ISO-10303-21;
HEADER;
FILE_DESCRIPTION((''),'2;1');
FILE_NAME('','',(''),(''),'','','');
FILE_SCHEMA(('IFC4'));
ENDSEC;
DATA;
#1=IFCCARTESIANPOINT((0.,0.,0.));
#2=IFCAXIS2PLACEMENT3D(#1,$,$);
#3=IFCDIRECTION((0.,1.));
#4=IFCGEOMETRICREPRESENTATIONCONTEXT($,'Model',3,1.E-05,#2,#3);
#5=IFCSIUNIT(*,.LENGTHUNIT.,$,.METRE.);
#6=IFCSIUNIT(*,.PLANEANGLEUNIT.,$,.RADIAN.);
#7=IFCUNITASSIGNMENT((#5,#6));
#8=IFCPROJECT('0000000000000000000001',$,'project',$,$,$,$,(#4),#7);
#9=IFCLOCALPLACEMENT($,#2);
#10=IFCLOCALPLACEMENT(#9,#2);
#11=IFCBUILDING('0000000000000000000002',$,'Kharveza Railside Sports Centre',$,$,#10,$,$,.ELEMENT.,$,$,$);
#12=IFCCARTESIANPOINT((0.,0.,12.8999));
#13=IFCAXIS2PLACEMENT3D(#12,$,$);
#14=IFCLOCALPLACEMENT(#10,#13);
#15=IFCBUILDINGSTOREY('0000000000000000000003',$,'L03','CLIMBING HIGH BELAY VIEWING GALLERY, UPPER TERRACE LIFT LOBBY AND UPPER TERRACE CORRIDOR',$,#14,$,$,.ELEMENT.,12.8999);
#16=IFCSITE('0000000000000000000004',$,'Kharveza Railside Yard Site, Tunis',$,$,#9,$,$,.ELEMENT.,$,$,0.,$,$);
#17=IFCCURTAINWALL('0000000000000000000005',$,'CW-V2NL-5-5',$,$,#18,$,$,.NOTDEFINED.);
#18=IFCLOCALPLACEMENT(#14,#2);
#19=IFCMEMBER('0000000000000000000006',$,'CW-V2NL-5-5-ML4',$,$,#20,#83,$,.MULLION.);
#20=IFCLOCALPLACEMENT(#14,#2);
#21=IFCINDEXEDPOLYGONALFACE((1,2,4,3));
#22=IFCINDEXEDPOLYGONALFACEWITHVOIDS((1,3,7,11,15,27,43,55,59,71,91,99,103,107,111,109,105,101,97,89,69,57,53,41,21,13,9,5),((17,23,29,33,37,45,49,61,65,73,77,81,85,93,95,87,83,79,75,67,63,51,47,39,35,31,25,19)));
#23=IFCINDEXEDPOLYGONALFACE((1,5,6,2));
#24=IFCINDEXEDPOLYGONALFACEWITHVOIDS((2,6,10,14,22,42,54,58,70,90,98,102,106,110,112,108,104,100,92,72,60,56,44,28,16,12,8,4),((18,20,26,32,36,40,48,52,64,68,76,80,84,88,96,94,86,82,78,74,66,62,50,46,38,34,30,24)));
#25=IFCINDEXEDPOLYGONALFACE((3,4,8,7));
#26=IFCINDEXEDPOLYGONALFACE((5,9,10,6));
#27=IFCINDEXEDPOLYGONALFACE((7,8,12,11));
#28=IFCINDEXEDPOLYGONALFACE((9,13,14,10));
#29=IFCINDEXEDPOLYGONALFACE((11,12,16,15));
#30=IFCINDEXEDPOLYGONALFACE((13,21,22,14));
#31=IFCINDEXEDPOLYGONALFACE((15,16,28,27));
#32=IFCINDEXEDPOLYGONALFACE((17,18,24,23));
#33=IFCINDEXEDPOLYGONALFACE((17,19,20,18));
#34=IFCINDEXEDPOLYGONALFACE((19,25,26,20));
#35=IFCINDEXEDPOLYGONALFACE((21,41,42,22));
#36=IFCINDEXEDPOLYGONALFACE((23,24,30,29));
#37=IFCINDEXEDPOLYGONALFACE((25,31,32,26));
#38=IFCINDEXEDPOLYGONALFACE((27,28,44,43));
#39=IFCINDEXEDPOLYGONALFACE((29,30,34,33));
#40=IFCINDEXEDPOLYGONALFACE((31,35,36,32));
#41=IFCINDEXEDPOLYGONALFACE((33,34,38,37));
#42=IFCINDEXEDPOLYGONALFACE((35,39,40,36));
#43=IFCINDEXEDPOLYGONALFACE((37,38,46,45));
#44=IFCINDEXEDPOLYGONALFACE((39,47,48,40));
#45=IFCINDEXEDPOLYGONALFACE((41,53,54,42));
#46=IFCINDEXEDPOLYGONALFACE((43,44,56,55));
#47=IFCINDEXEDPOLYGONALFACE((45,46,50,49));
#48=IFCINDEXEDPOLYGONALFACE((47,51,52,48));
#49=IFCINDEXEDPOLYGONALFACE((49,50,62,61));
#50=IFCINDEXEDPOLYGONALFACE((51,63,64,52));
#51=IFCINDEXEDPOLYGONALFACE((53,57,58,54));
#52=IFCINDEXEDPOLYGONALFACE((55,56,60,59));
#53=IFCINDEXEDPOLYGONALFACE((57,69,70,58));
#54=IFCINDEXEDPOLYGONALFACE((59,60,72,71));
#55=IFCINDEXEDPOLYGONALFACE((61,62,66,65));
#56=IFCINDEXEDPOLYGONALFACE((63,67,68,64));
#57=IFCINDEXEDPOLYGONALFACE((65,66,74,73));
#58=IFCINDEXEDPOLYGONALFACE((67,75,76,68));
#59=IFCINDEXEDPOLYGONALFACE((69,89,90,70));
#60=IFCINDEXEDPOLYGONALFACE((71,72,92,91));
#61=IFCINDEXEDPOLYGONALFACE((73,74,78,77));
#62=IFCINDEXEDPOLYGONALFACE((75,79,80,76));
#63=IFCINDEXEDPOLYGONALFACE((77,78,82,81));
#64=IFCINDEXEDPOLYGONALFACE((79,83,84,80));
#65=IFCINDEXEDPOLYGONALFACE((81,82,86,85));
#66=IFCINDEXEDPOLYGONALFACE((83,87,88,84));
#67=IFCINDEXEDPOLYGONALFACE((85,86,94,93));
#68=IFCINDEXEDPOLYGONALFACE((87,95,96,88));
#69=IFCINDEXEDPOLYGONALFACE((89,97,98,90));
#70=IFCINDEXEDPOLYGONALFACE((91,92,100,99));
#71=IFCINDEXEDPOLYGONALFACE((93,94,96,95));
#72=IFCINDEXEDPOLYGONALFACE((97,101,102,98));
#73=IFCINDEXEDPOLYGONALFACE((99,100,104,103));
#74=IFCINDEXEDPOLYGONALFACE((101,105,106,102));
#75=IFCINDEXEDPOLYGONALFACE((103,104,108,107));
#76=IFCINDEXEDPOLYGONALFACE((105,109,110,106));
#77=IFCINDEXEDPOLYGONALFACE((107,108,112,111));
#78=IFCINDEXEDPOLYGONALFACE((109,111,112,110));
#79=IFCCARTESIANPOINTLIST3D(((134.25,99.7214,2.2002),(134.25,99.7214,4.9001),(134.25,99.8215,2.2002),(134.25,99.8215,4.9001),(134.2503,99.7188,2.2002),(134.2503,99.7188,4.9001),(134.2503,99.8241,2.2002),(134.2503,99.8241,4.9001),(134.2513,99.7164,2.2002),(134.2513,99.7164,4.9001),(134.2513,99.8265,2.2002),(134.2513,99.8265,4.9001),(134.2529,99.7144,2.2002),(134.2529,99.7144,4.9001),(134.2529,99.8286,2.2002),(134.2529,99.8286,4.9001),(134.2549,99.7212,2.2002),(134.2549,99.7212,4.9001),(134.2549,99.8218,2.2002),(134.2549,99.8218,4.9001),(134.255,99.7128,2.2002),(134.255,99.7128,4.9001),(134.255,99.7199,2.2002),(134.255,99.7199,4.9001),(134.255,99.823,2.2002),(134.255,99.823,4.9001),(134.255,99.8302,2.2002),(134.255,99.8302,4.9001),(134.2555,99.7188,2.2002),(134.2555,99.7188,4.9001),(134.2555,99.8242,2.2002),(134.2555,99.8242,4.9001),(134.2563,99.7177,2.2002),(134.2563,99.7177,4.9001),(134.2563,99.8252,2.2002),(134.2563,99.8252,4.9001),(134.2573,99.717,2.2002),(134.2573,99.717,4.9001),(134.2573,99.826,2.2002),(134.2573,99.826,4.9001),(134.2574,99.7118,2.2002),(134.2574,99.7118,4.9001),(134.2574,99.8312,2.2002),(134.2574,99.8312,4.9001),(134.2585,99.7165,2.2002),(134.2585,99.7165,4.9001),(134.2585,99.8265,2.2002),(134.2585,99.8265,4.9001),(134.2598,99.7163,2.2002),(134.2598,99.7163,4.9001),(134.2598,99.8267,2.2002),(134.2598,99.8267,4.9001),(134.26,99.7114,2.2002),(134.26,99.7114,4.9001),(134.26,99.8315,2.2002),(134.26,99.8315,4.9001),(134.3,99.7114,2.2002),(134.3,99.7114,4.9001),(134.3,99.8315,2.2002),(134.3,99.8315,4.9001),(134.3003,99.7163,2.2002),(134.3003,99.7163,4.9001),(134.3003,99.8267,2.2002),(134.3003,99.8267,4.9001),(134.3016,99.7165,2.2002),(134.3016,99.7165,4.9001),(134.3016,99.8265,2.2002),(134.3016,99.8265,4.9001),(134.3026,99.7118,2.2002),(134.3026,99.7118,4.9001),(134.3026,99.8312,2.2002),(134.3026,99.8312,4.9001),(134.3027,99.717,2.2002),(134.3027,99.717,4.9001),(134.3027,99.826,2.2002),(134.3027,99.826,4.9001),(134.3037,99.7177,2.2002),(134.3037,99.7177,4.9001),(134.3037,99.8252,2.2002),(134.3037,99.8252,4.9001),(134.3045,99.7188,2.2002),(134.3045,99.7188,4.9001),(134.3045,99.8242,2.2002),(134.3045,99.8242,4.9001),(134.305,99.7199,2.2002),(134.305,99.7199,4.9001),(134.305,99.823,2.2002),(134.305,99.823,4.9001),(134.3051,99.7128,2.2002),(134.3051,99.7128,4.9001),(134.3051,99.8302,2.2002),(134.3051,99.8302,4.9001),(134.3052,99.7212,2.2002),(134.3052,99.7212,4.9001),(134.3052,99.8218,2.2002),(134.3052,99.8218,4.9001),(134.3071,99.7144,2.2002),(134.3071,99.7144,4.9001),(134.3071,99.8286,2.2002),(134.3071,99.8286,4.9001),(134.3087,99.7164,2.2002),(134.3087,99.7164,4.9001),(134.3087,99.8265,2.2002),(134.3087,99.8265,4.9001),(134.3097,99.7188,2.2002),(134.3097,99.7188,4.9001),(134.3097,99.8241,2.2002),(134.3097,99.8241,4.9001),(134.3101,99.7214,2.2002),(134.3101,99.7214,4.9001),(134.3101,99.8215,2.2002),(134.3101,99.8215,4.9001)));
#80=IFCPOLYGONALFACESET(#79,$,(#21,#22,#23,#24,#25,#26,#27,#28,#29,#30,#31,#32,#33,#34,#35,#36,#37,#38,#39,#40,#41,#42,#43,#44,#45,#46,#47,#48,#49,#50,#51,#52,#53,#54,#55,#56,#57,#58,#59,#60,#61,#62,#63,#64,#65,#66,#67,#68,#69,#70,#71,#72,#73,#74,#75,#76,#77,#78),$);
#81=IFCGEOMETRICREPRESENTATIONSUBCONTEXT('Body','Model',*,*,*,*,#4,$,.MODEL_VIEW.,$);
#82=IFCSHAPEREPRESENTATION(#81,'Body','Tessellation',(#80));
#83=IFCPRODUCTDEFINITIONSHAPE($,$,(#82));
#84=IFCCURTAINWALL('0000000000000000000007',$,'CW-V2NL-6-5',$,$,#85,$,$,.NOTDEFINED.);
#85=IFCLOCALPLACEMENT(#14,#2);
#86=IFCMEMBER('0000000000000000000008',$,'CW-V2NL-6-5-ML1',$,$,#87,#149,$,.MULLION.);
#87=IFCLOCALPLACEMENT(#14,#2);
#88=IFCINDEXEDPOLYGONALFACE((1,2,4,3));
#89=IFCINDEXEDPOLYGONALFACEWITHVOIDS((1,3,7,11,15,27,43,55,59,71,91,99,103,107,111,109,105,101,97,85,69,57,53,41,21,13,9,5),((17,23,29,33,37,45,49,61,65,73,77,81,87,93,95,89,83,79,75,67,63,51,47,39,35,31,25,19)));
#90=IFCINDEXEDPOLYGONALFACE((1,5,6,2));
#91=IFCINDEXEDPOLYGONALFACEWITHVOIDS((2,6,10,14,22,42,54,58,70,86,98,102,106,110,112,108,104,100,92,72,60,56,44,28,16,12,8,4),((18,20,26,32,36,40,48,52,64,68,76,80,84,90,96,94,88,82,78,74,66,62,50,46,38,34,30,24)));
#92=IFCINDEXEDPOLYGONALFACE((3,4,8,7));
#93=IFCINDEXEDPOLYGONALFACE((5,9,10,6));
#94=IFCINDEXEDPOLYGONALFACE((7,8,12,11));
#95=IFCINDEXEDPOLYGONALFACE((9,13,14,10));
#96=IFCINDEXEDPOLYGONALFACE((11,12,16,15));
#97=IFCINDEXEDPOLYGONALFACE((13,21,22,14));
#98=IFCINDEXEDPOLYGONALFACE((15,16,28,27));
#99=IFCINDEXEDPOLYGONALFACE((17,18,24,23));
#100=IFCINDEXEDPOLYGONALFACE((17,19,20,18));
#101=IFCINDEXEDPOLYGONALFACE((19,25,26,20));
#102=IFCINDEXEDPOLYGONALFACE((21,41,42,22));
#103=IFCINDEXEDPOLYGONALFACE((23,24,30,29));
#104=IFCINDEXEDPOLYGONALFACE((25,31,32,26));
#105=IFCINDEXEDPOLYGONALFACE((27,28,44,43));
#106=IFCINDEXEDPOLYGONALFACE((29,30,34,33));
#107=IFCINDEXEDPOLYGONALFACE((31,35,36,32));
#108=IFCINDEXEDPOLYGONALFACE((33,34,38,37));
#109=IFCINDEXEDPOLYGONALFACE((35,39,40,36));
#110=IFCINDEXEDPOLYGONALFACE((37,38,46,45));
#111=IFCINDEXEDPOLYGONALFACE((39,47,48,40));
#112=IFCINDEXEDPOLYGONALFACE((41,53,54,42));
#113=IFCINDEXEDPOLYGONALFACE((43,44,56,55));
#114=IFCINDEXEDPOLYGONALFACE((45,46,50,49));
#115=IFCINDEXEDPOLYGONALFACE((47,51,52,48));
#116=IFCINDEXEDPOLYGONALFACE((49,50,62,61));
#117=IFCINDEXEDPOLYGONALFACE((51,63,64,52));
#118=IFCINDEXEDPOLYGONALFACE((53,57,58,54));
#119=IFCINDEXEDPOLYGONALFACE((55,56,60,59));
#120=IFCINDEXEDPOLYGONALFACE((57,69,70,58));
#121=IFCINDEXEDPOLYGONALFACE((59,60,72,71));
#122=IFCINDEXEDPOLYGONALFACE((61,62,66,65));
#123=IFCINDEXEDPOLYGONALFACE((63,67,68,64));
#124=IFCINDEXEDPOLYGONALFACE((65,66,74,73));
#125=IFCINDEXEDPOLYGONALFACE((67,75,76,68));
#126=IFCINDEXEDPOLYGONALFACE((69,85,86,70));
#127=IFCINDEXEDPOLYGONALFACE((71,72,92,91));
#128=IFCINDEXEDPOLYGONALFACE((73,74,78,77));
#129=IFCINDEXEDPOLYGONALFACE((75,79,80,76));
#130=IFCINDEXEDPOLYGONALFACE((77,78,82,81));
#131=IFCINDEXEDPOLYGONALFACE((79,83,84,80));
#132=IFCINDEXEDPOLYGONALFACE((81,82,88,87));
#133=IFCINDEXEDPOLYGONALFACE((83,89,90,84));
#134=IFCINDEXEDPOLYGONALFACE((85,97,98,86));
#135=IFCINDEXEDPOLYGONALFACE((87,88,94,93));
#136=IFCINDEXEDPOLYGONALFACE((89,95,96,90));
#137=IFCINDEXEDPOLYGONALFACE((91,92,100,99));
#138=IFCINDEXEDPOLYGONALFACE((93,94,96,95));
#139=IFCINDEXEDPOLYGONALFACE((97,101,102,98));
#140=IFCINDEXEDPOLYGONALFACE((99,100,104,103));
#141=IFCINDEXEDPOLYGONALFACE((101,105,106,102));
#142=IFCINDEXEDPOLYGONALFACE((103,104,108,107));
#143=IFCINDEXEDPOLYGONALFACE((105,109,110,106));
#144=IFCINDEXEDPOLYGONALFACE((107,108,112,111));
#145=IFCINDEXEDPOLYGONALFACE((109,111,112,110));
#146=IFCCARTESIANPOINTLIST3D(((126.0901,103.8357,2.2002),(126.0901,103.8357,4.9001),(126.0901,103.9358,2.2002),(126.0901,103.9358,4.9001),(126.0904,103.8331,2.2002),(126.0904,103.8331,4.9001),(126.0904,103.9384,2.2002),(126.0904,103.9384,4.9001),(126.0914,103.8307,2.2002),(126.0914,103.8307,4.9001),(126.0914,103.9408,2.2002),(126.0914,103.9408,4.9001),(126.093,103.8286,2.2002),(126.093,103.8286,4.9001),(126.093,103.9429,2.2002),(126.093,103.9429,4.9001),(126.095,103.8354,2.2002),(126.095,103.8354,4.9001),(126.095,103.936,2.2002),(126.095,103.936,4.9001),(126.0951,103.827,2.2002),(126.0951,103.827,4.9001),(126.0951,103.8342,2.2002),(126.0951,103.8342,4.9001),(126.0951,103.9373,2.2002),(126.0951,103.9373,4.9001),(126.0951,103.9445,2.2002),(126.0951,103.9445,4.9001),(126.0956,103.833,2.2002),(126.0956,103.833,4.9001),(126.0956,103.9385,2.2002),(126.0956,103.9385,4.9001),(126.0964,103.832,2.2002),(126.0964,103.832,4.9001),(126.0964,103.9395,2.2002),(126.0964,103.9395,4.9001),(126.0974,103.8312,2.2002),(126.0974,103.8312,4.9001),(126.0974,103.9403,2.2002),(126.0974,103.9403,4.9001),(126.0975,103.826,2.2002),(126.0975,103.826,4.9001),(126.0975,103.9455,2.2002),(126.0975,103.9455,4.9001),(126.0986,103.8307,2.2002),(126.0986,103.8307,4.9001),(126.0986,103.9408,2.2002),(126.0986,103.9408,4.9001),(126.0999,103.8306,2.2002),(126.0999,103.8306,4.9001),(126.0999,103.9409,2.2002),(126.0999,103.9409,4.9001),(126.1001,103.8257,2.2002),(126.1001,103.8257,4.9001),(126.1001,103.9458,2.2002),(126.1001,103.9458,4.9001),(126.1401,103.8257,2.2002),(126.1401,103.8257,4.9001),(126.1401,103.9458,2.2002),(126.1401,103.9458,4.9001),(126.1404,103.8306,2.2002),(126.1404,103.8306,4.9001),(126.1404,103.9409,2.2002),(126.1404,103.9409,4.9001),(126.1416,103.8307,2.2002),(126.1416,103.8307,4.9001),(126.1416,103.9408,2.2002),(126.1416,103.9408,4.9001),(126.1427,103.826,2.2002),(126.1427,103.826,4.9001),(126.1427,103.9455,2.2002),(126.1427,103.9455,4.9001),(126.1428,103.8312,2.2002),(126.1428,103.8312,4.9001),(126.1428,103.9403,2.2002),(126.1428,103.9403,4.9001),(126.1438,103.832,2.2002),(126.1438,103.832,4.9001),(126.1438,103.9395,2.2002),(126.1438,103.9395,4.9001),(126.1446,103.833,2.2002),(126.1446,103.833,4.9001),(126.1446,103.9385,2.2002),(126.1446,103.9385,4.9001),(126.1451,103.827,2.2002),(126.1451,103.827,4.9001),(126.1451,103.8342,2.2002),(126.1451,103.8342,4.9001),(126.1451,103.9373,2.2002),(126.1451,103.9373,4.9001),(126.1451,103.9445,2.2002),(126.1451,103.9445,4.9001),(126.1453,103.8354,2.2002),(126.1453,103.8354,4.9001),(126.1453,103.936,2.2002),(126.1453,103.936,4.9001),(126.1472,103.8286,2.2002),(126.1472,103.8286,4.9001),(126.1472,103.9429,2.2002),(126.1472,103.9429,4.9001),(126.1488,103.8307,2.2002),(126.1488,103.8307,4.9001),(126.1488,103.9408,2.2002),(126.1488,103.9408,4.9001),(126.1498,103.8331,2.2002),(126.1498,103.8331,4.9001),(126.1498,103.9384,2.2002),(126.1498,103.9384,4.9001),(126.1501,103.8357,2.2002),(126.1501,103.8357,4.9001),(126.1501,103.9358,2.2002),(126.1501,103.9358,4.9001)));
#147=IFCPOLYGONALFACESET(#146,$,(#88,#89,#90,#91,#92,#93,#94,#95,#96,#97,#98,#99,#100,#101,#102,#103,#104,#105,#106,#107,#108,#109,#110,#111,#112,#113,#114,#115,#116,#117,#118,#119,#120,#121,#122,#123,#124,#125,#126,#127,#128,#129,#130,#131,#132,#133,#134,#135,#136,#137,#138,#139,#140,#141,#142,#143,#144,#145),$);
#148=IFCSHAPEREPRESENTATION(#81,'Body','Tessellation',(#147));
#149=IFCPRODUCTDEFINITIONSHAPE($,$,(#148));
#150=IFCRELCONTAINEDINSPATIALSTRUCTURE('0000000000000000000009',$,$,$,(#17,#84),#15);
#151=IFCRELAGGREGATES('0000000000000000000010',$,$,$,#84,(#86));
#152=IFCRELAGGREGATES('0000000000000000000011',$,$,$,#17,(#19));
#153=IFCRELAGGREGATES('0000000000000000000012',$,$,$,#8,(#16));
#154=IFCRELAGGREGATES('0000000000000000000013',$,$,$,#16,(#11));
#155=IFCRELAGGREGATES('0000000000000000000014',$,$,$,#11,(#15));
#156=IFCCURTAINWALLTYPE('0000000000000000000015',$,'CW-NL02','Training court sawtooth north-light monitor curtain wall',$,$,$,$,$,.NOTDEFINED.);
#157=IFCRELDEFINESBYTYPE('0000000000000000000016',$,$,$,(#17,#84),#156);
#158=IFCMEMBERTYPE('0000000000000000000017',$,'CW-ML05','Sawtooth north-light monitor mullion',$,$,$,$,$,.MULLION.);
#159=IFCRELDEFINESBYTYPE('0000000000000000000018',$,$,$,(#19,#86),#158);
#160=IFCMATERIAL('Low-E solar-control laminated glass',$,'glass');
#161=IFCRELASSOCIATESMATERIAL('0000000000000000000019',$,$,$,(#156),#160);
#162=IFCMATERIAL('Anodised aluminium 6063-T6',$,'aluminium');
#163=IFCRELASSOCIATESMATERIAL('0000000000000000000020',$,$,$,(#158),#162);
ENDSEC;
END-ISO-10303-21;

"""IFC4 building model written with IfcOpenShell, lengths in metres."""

from ifc_helpers import new_model, si_unit, direction, frame, origin, origin_2d, place, context, subcontext, project, spatial, hollow_rectangle, extrude, material, material_profile, profile_set, type_object, element, aggregate, save


model = new_model("IFC4")

# Units and contexts
model_context = context("Model", 3, precision=1e-05, world=origin(), true_north=direction((0.0, 1.0)))
body_context = subcontext(model_context, "Body", "Model", "MODEL_VIEW")
ifc_project = project(units=[si_unit("LENGTHUNIT", "METRE"), si_unit("PLANEANGLEUNIT", "RADIAN")], contexts=[model_context])

# Site, building, storey
site_placement = place(None, origin())
site = spatial("IfcSite", under=ifc_project, at=site_placement, Name="Kharveza Railside Yard Site, Tunis", CompositionType="ELEMENT", RefElevation=0.0)
building_placement = place(site_placement, origin())
building = spatial("IfcBuilding", under=site, at=building_placement, Name="Kharveza Railside Sports Centre", CompositionType="ELEMENT")
storey_placement = place(building_placement, frame((0.0, 0.0, 12.8999)))
storey = spatial("IfcBuildingStorey", under=building, at=storey_placement, Name="L03", Description="CLIMBING HIGH BELAY VIEWING GALLERY, UPPER TERRACE LIFT LOBBY AND UPPER TERRACE CORRIDOR", CompositionType="ELEMENT", Elevation=12.8999)

# Curtain wall, member
ifc_material_1 = material(Name="Low-E solar-control laminated glass", Category="glass")
curtain_wall_type = type_object("IfcCurtainWallType", Name="CW-NL02", Description="Training court sawtooth north-light monitor curtain wall", PredefinedType="NOTDEFINED", material=ifc_material_1)
curtain_wall_1_placement = place(storey_placement, origin())
curtain_wall_1 = element("IfcCurtainWall", 1, at=curtain_wall_1_placement, inside=storey, type_object=curtain_wall_type, Name="CW-V2NL-5-5", PredefinedType="NOTDEFINED")
ifc_material_2 = material(Name="Anodised aluminium 6063-T6", Category="aluminium")
ifc_material_profile_1 = material_profile(ifc_material_2, hollow_rectangle(XDim=0.0601, YDim=0.1201, WallThickness=0.0049, InnerFilletRadius=0.0049, OuterFilletRadius=0.01, at=origin_2d()), Name="RHS 60x120x5.0")
ifc_profile_set_1 = profile_set([ifc_material_profile_1], Name="Anodised aluminium 6063-T6")
member_type_1 = type_object("IfcMemberType", Name="CW-ML05", Description="Sawtooth north-light monitor mullion", PredefinedType="MULLION", material=ifc_profile_set_1)
member_1_placement = place(storey_placement, frame((134.28, 99.7715, 2.2002), z_axis=(0.0, 0.0, 1.0), x_axis=(1.0, 0.0, 0.0)))
member_1 = element("IfcMember", 2, at=member_1_placement, type_object=member_type_1, Name="CW-V2NL-5-5-ML4", PredefinedType="MULLION", context=body_context, shape_type="SweptSolid", body=[
    extrude(hollow_rectangle(XDim=0.0601, YDim=0.1201, WallThickness=0.0049, InnerFilletRadius=0.0049, OuterFilletRadius=0.01, at=origin_2d()), origin(), (0.0, 0.0, 1.0), 2.7),
])

# Curtain wall, member
curtain_wall_2_placement = place(storey_placement, origin())
curtain_wall_2 = element("IfcCurtainWall", 3, at=curtain_wall_2_placement, inside=storey, type_object=curtain_wall_type, Name="CW-V2NL-6-5", PredefinedType="NOTDEFINED")
member_2_placement = place(storey_placement, frame((126.1201, 103.8857, 2.2002), z_axis=(0.0, 0.0, 1.0), x_axis=(1.0, 0.0, 0.0)))
member_2 = element("IfcMember", 4, at=member_2_placement, type_object=member_type_1, Name="CW-V2NL-6-5-ML1", PredefinedType="MULLION", context=body_context, shape_type="SweptSolid", body=[
    extrude(hollow_rectangle(XDim=0.0601, YDim=0.1201, WallThickness=0.0049, InnerFilletRadius=0.0049, OuterFilletRadius=0.01, at=origin_2d()), origin(), (0.0, 0.0, 1.0), 2.7),
])

aggregate(curtain_wall_2, [member_2])

aggregate(curtain_wall_1, [member_1])

save(model, "model.ifc")
